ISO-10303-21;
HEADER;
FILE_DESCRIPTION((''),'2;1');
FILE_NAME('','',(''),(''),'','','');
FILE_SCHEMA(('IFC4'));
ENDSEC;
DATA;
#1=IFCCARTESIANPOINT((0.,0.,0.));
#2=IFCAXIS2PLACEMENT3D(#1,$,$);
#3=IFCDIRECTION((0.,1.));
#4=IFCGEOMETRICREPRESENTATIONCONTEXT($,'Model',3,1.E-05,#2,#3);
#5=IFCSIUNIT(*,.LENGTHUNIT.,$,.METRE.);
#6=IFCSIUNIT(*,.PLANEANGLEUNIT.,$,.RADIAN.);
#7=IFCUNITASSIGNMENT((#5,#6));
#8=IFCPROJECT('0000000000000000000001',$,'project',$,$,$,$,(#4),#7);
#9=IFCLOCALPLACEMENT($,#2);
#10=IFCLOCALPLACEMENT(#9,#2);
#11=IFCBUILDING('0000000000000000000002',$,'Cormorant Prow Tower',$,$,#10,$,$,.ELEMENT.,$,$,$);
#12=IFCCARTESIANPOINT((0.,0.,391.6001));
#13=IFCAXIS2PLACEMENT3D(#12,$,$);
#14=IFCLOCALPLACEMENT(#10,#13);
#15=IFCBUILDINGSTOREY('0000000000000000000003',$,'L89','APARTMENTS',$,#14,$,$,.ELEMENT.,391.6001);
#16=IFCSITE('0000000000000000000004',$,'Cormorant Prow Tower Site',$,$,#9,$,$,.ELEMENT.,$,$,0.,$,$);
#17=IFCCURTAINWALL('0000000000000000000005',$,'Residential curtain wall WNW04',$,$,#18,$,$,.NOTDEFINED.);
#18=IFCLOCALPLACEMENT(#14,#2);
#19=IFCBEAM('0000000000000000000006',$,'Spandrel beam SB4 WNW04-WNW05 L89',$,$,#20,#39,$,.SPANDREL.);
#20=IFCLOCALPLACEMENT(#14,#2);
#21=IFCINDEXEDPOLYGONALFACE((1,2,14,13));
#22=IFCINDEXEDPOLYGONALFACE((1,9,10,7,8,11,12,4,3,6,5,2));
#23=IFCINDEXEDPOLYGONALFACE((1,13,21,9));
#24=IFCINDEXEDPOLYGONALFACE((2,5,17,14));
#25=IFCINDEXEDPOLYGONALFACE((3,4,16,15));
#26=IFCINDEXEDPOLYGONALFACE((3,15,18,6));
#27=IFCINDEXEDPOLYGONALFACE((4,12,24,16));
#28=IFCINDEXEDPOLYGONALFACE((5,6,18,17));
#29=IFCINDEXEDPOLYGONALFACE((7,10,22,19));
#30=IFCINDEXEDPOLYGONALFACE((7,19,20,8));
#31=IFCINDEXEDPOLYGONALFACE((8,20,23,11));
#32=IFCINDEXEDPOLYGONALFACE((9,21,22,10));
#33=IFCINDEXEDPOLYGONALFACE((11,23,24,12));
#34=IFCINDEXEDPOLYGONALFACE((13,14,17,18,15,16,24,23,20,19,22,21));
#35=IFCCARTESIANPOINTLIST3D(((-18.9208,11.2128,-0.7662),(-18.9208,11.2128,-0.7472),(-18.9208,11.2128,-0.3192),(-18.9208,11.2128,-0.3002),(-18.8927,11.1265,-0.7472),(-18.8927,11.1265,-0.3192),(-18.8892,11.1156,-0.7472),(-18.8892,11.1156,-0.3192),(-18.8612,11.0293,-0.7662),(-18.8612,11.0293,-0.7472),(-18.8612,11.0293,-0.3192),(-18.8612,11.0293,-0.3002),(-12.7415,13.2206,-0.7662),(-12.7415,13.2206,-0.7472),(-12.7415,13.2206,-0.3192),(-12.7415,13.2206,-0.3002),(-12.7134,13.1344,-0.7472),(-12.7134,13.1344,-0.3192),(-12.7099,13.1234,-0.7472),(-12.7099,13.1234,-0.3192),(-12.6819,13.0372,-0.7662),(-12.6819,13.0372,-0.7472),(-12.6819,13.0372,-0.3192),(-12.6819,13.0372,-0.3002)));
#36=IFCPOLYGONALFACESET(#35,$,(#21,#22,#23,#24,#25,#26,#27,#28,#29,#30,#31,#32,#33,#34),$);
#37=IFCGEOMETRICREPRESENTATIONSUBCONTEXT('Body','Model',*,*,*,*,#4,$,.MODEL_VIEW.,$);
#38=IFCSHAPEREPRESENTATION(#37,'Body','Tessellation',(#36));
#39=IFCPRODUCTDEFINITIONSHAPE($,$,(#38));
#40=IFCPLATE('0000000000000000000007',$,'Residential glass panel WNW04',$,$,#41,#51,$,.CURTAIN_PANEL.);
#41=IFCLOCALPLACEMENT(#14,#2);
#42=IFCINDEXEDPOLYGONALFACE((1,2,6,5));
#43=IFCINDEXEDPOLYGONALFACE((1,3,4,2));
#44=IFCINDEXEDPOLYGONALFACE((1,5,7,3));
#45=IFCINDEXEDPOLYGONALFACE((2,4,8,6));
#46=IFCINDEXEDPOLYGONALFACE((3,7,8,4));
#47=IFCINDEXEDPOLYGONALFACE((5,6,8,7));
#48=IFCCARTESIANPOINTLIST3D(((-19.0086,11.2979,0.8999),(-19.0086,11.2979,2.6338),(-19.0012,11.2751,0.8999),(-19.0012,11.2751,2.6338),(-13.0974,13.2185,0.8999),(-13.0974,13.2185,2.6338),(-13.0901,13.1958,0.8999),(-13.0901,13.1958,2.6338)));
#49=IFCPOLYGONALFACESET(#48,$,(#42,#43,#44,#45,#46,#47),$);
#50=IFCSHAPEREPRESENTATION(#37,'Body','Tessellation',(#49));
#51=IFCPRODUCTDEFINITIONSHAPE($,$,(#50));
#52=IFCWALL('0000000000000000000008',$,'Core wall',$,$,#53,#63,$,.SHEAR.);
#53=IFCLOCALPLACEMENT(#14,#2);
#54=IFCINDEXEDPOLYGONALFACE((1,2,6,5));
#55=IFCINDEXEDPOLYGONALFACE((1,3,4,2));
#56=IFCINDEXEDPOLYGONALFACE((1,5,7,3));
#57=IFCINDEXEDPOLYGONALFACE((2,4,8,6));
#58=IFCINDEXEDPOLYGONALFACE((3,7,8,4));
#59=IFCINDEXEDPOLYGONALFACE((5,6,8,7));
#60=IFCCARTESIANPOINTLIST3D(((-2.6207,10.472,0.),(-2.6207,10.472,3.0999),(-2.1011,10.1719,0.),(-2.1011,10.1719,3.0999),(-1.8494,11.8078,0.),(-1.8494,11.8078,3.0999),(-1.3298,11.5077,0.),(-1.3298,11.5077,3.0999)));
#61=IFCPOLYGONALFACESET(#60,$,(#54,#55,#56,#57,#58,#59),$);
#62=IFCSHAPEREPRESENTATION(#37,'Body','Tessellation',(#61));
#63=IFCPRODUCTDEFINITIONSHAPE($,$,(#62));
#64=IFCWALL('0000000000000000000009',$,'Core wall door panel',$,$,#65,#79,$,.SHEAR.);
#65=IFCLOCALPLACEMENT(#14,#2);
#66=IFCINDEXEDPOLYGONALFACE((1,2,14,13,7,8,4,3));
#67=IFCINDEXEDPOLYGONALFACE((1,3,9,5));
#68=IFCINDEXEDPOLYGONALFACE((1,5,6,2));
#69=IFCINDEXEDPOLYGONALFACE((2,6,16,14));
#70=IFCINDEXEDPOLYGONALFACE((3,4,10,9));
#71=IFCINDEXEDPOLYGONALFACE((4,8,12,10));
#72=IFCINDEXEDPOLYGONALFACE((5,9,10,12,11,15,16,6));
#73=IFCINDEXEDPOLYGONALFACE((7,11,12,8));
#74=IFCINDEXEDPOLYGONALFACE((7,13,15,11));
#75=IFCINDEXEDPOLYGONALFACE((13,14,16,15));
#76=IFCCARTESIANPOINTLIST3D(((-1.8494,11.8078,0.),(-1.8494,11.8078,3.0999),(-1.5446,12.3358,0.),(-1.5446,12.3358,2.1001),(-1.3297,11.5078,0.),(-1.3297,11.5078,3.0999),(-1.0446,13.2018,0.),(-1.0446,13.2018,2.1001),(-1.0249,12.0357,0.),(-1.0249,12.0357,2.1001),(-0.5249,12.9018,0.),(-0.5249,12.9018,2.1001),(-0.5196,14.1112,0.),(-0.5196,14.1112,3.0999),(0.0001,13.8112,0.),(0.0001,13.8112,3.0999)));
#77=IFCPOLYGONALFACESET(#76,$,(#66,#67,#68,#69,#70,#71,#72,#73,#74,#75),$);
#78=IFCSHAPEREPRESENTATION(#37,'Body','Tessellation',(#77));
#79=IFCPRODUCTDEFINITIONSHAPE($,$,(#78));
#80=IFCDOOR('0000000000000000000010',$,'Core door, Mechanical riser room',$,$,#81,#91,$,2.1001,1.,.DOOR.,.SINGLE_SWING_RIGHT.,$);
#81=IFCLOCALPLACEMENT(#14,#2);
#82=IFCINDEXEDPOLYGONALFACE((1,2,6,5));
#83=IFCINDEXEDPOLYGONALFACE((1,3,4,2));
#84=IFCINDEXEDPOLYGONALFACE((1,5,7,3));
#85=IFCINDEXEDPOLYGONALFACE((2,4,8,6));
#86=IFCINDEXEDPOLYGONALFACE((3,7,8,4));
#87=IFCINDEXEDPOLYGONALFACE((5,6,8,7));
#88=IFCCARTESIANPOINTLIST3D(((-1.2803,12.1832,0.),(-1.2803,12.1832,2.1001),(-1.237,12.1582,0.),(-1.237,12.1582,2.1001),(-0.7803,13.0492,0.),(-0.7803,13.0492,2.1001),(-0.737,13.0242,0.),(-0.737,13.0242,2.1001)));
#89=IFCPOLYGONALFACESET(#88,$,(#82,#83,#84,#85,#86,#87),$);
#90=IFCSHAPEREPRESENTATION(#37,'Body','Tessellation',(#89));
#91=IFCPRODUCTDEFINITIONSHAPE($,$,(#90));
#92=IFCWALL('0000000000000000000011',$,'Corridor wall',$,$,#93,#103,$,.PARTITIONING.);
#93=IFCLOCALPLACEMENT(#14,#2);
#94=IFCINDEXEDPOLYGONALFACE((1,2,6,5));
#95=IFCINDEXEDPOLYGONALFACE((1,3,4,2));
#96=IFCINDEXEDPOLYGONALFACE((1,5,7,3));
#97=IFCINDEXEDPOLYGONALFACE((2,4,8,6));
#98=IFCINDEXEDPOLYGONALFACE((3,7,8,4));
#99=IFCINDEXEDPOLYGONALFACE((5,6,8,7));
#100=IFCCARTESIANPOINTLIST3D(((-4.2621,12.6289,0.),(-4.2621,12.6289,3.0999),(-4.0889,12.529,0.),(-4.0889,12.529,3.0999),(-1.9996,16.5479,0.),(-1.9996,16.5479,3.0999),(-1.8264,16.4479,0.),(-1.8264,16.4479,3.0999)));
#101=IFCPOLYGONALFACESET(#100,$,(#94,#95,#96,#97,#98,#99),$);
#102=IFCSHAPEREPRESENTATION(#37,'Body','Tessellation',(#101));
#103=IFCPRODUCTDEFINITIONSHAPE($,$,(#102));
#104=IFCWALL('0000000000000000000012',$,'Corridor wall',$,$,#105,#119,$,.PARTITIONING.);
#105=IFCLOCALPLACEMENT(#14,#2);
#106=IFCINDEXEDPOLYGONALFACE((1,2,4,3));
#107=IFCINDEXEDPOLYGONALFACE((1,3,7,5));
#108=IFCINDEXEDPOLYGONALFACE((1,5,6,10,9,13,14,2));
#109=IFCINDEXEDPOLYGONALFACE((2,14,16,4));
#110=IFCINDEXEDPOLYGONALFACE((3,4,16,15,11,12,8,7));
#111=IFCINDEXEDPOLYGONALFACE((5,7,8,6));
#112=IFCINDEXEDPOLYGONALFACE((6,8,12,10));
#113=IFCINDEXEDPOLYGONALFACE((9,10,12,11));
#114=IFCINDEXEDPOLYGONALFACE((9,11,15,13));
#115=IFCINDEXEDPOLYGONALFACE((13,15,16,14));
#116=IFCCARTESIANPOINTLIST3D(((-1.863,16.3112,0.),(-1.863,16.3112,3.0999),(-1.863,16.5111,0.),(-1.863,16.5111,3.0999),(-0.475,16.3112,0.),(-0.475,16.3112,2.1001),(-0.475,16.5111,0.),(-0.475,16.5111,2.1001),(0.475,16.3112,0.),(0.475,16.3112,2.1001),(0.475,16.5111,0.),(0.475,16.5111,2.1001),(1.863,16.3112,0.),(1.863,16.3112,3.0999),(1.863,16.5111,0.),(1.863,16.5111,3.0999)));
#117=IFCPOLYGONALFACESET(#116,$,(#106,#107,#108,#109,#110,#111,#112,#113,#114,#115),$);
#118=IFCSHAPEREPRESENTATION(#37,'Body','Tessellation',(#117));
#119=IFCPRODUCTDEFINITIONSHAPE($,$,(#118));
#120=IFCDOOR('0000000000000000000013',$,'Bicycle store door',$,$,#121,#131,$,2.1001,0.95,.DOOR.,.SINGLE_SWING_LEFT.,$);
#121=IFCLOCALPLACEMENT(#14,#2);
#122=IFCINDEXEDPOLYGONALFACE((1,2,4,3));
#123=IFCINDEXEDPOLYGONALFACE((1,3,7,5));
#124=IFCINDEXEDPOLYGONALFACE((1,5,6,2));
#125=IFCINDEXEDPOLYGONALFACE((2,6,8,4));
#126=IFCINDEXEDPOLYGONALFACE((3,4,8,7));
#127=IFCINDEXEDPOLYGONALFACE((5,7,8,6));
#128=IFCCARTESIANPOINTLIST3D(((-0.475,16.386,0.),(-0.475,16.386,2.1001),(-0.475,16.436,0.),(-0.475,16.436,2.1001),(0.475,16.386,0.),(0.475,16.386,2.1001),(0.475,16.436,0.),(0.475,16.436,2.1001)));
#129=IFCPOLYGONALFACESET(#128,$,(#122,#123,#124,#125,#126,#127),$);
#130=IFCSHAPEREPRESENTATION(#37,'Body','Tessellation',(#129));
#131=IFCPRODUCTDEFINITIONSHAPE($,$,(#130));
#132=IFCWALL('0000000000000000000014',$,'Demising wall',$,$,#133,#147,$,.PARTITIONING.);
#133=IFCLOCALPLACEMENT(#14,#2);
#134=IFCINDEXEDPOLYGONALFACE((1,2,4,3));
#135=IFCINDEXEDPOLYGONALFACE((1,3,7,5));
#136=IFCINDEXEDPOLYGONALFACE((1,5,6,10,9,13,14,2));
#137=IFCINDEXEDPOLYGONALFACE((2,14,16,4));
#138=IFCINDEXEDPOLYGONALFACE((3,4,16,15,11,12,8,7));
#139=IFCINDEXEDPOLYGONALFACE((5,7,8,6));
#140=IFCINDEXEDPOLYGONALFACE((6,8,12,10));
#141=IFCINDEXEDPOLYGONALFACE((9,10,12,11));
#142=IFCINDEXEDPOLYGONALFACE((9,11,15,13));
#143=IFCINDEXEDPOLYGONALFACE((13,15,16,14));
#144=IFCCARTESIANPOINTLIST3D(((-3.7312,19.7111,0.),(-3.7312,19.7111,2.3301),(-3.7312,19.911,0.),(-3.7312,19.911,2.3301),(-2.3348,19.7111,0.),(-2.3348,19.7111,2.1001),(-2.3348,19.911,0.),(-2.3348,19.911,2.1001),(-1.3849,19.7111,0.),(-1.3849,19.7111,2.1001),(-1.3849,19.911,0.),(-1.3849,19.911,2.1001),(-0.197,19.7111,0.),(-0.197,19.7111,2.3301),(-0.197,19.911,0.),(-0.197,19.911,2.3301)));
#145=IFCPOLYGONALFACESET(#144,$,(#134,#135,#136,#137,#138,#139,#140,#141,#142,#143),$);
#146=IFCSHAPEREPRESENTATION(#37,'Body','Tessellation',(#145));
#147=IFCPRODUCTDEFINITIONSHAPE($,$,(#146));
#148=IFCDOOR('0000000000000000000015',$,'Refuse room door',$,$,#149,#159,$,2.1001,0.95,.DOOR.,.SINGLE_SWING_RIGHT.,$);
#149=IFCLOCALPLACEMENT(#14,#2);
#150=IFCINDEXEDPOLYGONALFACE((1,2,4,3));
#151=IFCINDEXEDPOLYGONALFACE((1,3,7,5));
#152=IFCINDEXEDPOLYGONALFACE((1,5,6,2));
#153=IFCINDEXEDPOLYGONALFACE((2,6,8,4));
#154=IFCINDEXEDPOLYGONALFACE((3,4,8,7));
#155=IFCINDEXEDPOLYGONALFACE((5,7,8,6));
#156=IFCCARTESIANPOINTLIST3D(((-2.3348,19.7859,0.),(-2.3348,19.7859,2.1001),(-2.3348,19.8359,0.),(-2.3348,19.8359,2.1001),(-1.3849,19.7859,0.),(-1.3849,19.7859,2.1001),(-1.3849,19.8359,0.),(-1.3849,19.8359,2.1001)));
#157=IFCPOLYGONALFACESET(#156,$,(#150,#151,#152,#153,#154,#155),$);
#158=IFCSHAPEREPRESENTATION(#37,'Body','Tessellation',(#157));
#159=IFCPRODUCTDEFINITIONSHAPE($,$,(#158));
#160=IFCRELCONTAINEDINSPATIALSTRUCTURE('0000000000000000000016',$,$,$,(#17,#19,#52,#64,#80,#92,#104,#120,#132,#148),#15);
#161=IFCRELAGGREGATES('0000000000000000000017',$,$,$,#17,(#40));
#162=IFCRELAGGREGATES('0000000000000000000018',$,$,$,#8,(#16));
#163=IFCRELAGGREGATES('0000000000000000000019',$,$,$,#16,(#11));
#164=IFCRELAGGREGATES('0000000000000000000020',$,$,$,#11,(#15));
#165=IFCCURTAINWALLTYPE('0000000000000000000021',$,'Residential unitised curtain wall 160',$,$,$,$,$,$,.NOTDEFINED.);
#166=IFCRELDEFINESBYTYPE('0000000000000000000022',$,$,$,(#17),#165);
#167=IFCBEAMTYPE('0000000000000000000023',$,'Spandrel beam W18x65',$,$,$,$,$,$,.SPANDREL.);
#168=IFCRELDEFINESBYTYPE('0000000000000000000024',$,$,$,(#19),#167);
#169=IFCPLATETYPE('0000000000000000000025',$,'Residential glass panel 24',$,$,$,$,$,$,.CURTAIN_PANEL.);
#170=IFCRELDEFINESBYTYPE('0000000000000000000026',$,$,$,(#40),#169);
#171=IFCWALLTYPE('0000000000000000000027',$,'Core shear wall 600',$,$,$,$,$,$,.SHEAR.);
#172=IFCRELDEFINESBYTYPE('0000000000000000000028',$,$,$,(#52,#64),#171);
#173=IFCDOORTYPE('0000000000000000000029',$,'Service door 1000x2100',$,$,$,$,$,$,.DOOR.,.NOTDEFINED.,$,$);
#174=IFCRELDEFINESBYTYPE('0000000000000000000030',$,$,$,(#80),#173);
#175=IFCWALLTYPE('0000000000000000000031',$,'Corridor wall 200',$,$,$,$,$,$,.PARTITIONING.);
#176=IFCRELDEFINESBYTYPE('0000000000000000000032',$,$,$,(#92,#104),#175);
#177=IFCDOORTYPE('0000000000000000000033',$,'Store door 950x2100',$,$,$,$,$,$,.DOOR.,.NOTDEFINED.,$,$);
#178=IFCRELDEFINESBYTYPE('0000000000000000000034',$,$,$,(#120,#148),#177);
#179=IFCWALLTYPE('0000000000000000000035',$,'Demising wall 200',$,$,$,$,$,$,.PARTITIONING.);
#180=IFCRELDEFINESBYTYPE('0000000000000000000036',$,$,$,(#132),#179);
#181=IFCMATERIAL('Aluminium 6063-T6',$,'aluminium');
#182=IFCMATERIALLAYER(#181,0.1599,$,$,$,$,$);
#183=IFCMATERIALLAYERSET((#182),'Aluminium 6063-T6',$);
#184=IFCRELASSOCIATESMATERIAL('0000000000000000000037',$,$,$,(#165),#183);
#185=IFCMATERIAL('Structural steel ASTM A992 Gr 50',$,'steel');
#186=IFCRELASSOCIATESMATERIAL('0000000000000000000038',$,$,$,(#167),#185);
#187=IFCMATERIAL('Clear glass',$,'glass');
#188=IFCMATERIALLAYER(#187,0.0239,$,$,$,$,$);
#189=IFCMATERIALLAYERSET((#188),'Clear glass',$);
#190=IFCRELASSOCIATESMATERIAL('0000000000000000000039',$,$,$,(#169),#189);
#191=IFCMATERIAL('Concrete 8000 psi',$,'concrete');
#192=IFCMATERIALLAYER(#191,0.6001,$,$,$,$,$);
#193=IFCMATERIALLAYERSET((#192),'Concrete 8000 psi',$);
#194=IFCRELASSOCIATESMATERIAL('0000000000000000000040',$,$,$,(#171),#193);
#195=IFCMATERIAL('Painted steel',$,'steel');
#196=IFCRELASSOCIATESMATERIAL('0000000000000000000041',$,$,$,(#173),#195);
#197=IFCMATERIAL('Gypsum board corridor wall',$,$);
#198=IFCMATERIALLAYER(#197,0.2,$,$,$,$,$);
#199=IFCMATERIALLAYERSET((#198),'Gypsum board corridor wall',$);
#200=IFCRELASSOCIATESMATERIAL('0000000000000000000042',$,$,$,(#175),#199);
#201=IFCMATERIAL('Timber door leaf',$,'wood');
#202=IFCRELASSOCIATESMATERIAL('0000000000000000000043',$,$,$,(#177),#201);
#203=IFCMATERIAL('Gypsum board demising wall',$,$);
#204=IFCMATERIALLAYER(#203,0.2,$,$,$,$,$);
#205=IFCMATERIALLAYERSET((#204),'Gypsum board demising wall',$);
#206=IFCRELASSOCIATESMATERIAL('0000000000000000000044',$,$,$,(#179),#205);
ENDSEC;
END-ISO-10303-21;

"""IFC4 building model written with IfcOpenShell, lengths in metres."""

from ifc_helpers import new_model, si_unit, direction, frame, frame_2d, origin, origin_2d, place, context, subcontext, project, spatial, rectangle, i_section, extrude, material, layer, layer_set, material_profile, profile_set, type_object, element, fill, aggregate, save


model = new_model("IFC4")

# Units and contexts
model_context = context("Model", 3, precision=1e-05, world=origin(), true_north=direction((0.0, 1.0)))
body_context = subcontext(model_context, "Body", "Model", "MODEL_VIEW")
ifc_project = project(units=[si_unit("LENGTHUNIT", "METRE"), si_unit("PLANEANGLEUNIT", "RADIAN")], contexts=[model_context])

# Site, building, storey
site_placement = place(None, origin())
site = spatial("IfcSite", under=ifc_project, at=site_placement, Name="Cormorant Prow Tower Site", CompositionType="ELEMENT", RefElevation=0.0)
building_placement = place(site_placement, origin())
building = spatial("IfcBuilding", under=site, at=building_placement, Name="Cormorant Prow Tower", CompositionType="ELEMENT")
storey_placement = place(building_placement, frame((0.0, 0.0, 391.6001)))
storey = spatial("IfcBuildingStorey", under=building, at=storey_placement, Name="L89", Description="APARTMENTS", CompositionType="ELEMENT", Elevation=391.6001)

# Curtain wall
ifc_material_1 = material(Name="Aluminium 6063-T6", Category="aluminium")
ifc_layer_1 = layer(ifc_material_1, 0.1599)
ifc_layer_set_1 = layer_set([ifc_layer_1], Name="Aluminium 6063-T6")
curtain_wall_type = type_object("IfcCurtainWallType", Name="Residential unitised curtain wall 160", PredefinedType="NOTDEFINED", material=ifc_layer_set_1)
curtain_wall_placement = place(storey_placement, origin())
curtain_wall = element("IfcCurtainWall", 1, at=curtain_wall_placement, inside=storey, type_object=curtain_wall_type, Name="Residential curtain wall WNW04", PredefinedType="NOTDEFINED")

# Beam
ifc_material_2 = material(Name="Structural steel ASTM A992 Gr 50", Category="steel")
ifc_material_profile_1 = material_profile(ifc_material_2, i_section(OverallWidth=0.1929, OverallDepth=0.4661, WebThickness=0.0115, FlangeThickness=0.019, at=origin_2d()), Name="W18x65")
ifc_profile_set_1 = profile_set([ifc_material_profile_1], Name="Structural steel ASTM A992 Gr 50")
beam_type_1 = type_object("IfcBeamType", Name="Spandrel beam W18x65", PredefinedType="SPANDREL", material=ifc_profile_set_1)
beam_1_placement = place(storey_placement, frame((-12.7117, 13.1289, -0.5332), z_axis=(-0.951053, -0.309027, 0.0), x_axis=(0.309027, -0.951053, 0.0)))
element("IfcBeam", 2, at=beam_1_placement, inside=storey, type_object=beam_type_1, Name="Spandrel beam SB4 WNW04-WNW05 L89", PredefinedType="SPANDREL", context=body_context, shape_type="SweptSolid", body=[
    extrude(i_section(OverallWidth=0.1929, OverallDepth=0.4661, WebThickness=0.0115, FlangeThickness=0.019, at=origin_2d()), origin(), (0.0, 0.0, 1.0), 6.4973),
])

# Plate
ifc_material_3 = material(Name="Clear glass", Category="glass")
ifc_layer_2 = layer(ifc_material_3, 0.0239)
ifc_layer_set_2 = layer_set([ifc_layer_2], Name="Clear glass")
plate_type = type_object("IfcPlateType", Name="Residential glass panel 24", PredefinedType="CURTAIN_PANEL", material=ifc_layer_set_2)
plate_placement = place(storey_placement, frame((-16.0493, 12.2468, 0.8999), z_axis=(0.0, 0.0, 1.0), x_axis=(-0.951056, -0.309017, 0.0)))
plate = element("IfcPlate", 3, at=plate_placement, type_object=plate_type, Name="Residential glass panel WNW04", PredefinedType="CURTAIN_PANEL", context=body_context, shape_type="SweptSolid", body=[
    extrude(rectangle(XDim=6.2153, YDim=0.0239, at=origin_2d()), origin(), (0.0, 0.0, 1.0), 1.7339),
])
aggregate(curtain_wall, [plate])

# Wall
ifc_material_4 = material(Name="Concrete 8000 psi", Category="concrete")
ifc_layer_3 = layer(ifc_material_4, 0.6001)
ifc_layer_set_3 = layer_set([ifc_layer_3], Name="Concrete 8000 psi")
wall_type_1 = type_object("IfcWallType", Name="Core shear wall 600", PredefinedType="SHEAR", material=ifc_layer_set_3)
wall_1_placement = place(storey_placement, frame((-1.5896, 11.6577, 0.0), z_axis=(0.0, 0.0, 1.0), x_axis=(-0.500038, -0.866004, 0.0)))
element("IfcWall", 4, at=wall_1_placement, inside=storey, type_object=wall_type_1, Name="Core wall", PredefinedType="SHEAR", context=body_context, shape_type="SweptSolid", body=[
    extrude(rectangle(XDim=1.5425, YDim=0.6001, at=frame_2d((0.7712, 0.0))), origin(), (0.0, 0.0, 1.0), 3.0999),
])

# Wall, opening, door
wall_2_placement = place(storey_placement, frame((-0.2598, 13.9612, 0.0), z_axis=(0.0, 0.0, 1.0), x_axis=(-0.499979, -0.866037, 0.0)))
wall_2 = element("IfcWall", 5, at=wall_2_placement, inside=storey, type_object=wall_type_1, Name="Core wall door panel", PredefinedType="SHEAR", context=body_context, shape_type="SweptSolid", body=[
    extrude(rectangle(XDim=2.6597, YDim=0.6001, at=frame_2d((1.3298, 0.0))), origin(), (0.0, 0.0, 1.0), 3.0999),
])
opening_1_placement = place(wall_2_placement, frame((1.05, 0.0, 0.0)))
opening_1 = element("IfcOpeningElement", 6, at=opening_1_placement, cuts=wall_2, PredefinedType="OPENING", context=body_context, shape_type="SweptSolid", body=[
    extrude(rectangle(XDim=1.0, YDim=2.1001, at=frame_2d((0.5, 1.05))), frame((0.0, 0.3101, 0.0), z_axis=(0.0, -1.0, 0.0), x_axis=(1.0, 0.0, 0.0)), (0.0, 0.0, 1.0), 0.6201),
])
ifc_material_5 = material(Name="Painted steel", Category="steel")
door_type_1 = type_object("IfcDoorType", Name="Service door 1000x2100", OperationType="NOTDEFINED", PredefinedType="DOOR", material=ifc_material_5)
door_1_placement = place(opening_1_placement, origin())
door_1 = element("IfcDoor", 7, at=door_1_placement, inside=storey, type_object=door_type_1, Name="Core door, Mechanical riser room", OperationType="SINGLE_SWING_RIGHT", OverallHeight=2.1001, OverallWidth=1.0, PredefinedType="DOOR", context=body_context, shape_type="SweptSolid", body=[
    extrude(rectangle(XDim=1.0, YDim=2.1001, at=frame_2d((0.5, 1.05))), frame((0.0, 0.0552, 0.0), z_axis=(0.0, -1.0, 0.0), x_axis=(1.0, 0.0, 0.0)), (0.0, 0.0, 1.0), 0.05),
])
fill(opening_1, door_1)

# Wall
ifc_material_6 = material(Name="Gypsum board corridor wall")
ifc_layer_4 = layer(ifc_material_6, 0.2)
ifc_layer_set_4 = layer_set([ifc_layer_4], Name="Gypsum board corridor wall")
wall_type_2 = type_object("IfcWallType", Name="Corridor wall 200", PredefinedType="PARTITIONING", material=ifc_layer_set_4)
wall_3_placement = place(storey_placement, frame((-4.1755, 12.5789, 0.0), z_axis=(0.0, 0.0, 1.0), x_axis=(0.499975, 0.86604, 0.0)))
element("IfcWall", 8, at=wall_3_placement, inside=storey, type_object=wall_type_2, Name="Corridor wall", PredefinedType="PARTITIONING", context=body_context, shape_type="SweptSolid", body=[
    extrude(rectangle(XDim=4.5251, YDim=0.2, at=frame_2d((2.2627, 0.0))), origin(), (0.0, 0.0, 1.0), 3.0999),
])

# Walls, openings, doors
wall_4_placement = place(storey_placement, frame((-1.863, 16.4111, 0.0), z_axis=(0.0, 0.0, 1.0), x_axis=(1.0, 0.0, 0.0)))
wall_4 = element("IfcWall", 9, at=wall_4_placement, inside=storey, type_object=wall_type_2, Name="Corridor wall", PredefinedType="PARTITIONING", context=body_context, shape_type="SweptSolid", body=[
    extrude(rectangle(XDim=3.7261, YDim=0.2, at=frame_2d((1.863, 0.0))), origin(), (0.0, 0.0, 1.0), 3.0999),
])
opening_2_placement = place(wall_4_placement, frame((1.3879, 0.0, 0.0)))
opening_2 = element("IfcOpeningElement", 10, at=opening_2_placement, cuts=wall_4, PredefinedType="OPENING", context=body_context, shape_type="SweptSolid", body=[
    extrude(rectangle(XDim=0.95, YDim=2.1001, at=frame_2d((0.4751, 1.05))), frame((0.0, 0.1099, 0.0), z_axis=(0.0, -1.0, 0.0), x_axis=(1.0, 0.0, 0.0)), (0.0, 0.0, 1.0), 0.22),
])
ifc_material_7 = material(Name="Timber door leaf", Category="wood")
door_type_2 = type_object("IfcDoorType", Name="Store door 950x2100", OperationType="NOTDEFINED", PredefinedType="DOOR", material=ifc_material_7)
door_2_placement = place(opening_2_placement, origin())
door_2 = element("IfcDoor", 11, at=door_2_placement, inside=storey, type_object=door_type_2, Name="Bicycle store door", OperationType="SINGLE_SWING_LEFT", OverallHeight=2.1001, OverallWidth=0.95, PredefinedType="DOOR", context=body_context, shape_type="SweptSolid", body=[
    extrude(rectangle(XDim=0.95, YDim=2.1001, at=frame_2d((0.4751, 1.05))), frame((0.0, 0.0249, 0.0), z_axis=(0.0, -1.0, 0.0), x_axis=(1.0, 0.0, 0.0)), (0.0, 0.0, 1.0), 0.05),
])
fill(opening_2, door_2)
ifc_material_8 = material(Name="Gypsum board demising wall")
ifc_layer_5 = layer(ifc_material_8, 0.2)
ifc_layer_set_5 = layer_set([ifc_layer_5], Name="Gypsum board demising wall")
wall_type_3 = type_object("IfcWallType", Name="Demising wall 200", PredefinedType="PARTITIONING", material=ifc_layer_set_5)
wall_5_placement = place(storey_placement, frame((-3.7312, 19.811, 0.0), z_axis=(0.0, 0.0, 1.0), x_axis=(1.0, 0.0, 0.0)))
wall_5 = element("IfcWall", 12, at=wall_5_placement, inside=storey, type_object=wall_type_3, Name="Demising wall", PredefinedType="PARTITIONING", context=body_context, shape_type="SweptSolid", body=[
    extrude(rectangle(XDim=3.5342, YDim=0.2, at=frame_2d((1.7671, 0.0))), origin(), (0.0, 0.0, 1.0), 2.3301),
])
opening_3_placement = place(wall_5_placement, frame((1.3962, 0.0, 0.0)))
opening_3 = element("IfcOpeningElement", 13, at=opening_3_placement, cuts=wall_5, PredefinedType="OPENING", context=body_context, shape_type="SweptSolid", body=[
    extrude(rectangle(XDim=0.95, YDim=2.1001, at=frame_2d((0.4751, 1.05))), frame((0.0, 0.1099, 0.0), z_axis=(0.0, -1.0, 0.0), x_axis=(1.0, 0.0, 0.0)), (0.0, 0.0, 1.0), 0.22),
])
door_3_placement = place(opening_3_placement, origin())
door_3 = element("IfcDoor", 14, at=door_3_placement, inside=storey, type_object=door_type_2, Name="Refuse room door", OperationType="SINGLE_SWING_RIGHT", OverallHeight=2.1001, OverallWidth=0.95, PredefinedType="DOOR", context=body_context, shape_type="SweptSolid", body=[
    extrude(rectangle(XDim=0.95, YDim=2.1001, at=frame_2d((0.4751, 1.05))), frame((0.0, 0.0249, 0.0), z_axis=(0.0, -1.0, 0.0), x_axis=(1.0, 0.0, 0.0)), (0.0, 0.0, 1.0), 0.05),
])
fill(opening_3, door_3)

save(model, "model.ifc")
